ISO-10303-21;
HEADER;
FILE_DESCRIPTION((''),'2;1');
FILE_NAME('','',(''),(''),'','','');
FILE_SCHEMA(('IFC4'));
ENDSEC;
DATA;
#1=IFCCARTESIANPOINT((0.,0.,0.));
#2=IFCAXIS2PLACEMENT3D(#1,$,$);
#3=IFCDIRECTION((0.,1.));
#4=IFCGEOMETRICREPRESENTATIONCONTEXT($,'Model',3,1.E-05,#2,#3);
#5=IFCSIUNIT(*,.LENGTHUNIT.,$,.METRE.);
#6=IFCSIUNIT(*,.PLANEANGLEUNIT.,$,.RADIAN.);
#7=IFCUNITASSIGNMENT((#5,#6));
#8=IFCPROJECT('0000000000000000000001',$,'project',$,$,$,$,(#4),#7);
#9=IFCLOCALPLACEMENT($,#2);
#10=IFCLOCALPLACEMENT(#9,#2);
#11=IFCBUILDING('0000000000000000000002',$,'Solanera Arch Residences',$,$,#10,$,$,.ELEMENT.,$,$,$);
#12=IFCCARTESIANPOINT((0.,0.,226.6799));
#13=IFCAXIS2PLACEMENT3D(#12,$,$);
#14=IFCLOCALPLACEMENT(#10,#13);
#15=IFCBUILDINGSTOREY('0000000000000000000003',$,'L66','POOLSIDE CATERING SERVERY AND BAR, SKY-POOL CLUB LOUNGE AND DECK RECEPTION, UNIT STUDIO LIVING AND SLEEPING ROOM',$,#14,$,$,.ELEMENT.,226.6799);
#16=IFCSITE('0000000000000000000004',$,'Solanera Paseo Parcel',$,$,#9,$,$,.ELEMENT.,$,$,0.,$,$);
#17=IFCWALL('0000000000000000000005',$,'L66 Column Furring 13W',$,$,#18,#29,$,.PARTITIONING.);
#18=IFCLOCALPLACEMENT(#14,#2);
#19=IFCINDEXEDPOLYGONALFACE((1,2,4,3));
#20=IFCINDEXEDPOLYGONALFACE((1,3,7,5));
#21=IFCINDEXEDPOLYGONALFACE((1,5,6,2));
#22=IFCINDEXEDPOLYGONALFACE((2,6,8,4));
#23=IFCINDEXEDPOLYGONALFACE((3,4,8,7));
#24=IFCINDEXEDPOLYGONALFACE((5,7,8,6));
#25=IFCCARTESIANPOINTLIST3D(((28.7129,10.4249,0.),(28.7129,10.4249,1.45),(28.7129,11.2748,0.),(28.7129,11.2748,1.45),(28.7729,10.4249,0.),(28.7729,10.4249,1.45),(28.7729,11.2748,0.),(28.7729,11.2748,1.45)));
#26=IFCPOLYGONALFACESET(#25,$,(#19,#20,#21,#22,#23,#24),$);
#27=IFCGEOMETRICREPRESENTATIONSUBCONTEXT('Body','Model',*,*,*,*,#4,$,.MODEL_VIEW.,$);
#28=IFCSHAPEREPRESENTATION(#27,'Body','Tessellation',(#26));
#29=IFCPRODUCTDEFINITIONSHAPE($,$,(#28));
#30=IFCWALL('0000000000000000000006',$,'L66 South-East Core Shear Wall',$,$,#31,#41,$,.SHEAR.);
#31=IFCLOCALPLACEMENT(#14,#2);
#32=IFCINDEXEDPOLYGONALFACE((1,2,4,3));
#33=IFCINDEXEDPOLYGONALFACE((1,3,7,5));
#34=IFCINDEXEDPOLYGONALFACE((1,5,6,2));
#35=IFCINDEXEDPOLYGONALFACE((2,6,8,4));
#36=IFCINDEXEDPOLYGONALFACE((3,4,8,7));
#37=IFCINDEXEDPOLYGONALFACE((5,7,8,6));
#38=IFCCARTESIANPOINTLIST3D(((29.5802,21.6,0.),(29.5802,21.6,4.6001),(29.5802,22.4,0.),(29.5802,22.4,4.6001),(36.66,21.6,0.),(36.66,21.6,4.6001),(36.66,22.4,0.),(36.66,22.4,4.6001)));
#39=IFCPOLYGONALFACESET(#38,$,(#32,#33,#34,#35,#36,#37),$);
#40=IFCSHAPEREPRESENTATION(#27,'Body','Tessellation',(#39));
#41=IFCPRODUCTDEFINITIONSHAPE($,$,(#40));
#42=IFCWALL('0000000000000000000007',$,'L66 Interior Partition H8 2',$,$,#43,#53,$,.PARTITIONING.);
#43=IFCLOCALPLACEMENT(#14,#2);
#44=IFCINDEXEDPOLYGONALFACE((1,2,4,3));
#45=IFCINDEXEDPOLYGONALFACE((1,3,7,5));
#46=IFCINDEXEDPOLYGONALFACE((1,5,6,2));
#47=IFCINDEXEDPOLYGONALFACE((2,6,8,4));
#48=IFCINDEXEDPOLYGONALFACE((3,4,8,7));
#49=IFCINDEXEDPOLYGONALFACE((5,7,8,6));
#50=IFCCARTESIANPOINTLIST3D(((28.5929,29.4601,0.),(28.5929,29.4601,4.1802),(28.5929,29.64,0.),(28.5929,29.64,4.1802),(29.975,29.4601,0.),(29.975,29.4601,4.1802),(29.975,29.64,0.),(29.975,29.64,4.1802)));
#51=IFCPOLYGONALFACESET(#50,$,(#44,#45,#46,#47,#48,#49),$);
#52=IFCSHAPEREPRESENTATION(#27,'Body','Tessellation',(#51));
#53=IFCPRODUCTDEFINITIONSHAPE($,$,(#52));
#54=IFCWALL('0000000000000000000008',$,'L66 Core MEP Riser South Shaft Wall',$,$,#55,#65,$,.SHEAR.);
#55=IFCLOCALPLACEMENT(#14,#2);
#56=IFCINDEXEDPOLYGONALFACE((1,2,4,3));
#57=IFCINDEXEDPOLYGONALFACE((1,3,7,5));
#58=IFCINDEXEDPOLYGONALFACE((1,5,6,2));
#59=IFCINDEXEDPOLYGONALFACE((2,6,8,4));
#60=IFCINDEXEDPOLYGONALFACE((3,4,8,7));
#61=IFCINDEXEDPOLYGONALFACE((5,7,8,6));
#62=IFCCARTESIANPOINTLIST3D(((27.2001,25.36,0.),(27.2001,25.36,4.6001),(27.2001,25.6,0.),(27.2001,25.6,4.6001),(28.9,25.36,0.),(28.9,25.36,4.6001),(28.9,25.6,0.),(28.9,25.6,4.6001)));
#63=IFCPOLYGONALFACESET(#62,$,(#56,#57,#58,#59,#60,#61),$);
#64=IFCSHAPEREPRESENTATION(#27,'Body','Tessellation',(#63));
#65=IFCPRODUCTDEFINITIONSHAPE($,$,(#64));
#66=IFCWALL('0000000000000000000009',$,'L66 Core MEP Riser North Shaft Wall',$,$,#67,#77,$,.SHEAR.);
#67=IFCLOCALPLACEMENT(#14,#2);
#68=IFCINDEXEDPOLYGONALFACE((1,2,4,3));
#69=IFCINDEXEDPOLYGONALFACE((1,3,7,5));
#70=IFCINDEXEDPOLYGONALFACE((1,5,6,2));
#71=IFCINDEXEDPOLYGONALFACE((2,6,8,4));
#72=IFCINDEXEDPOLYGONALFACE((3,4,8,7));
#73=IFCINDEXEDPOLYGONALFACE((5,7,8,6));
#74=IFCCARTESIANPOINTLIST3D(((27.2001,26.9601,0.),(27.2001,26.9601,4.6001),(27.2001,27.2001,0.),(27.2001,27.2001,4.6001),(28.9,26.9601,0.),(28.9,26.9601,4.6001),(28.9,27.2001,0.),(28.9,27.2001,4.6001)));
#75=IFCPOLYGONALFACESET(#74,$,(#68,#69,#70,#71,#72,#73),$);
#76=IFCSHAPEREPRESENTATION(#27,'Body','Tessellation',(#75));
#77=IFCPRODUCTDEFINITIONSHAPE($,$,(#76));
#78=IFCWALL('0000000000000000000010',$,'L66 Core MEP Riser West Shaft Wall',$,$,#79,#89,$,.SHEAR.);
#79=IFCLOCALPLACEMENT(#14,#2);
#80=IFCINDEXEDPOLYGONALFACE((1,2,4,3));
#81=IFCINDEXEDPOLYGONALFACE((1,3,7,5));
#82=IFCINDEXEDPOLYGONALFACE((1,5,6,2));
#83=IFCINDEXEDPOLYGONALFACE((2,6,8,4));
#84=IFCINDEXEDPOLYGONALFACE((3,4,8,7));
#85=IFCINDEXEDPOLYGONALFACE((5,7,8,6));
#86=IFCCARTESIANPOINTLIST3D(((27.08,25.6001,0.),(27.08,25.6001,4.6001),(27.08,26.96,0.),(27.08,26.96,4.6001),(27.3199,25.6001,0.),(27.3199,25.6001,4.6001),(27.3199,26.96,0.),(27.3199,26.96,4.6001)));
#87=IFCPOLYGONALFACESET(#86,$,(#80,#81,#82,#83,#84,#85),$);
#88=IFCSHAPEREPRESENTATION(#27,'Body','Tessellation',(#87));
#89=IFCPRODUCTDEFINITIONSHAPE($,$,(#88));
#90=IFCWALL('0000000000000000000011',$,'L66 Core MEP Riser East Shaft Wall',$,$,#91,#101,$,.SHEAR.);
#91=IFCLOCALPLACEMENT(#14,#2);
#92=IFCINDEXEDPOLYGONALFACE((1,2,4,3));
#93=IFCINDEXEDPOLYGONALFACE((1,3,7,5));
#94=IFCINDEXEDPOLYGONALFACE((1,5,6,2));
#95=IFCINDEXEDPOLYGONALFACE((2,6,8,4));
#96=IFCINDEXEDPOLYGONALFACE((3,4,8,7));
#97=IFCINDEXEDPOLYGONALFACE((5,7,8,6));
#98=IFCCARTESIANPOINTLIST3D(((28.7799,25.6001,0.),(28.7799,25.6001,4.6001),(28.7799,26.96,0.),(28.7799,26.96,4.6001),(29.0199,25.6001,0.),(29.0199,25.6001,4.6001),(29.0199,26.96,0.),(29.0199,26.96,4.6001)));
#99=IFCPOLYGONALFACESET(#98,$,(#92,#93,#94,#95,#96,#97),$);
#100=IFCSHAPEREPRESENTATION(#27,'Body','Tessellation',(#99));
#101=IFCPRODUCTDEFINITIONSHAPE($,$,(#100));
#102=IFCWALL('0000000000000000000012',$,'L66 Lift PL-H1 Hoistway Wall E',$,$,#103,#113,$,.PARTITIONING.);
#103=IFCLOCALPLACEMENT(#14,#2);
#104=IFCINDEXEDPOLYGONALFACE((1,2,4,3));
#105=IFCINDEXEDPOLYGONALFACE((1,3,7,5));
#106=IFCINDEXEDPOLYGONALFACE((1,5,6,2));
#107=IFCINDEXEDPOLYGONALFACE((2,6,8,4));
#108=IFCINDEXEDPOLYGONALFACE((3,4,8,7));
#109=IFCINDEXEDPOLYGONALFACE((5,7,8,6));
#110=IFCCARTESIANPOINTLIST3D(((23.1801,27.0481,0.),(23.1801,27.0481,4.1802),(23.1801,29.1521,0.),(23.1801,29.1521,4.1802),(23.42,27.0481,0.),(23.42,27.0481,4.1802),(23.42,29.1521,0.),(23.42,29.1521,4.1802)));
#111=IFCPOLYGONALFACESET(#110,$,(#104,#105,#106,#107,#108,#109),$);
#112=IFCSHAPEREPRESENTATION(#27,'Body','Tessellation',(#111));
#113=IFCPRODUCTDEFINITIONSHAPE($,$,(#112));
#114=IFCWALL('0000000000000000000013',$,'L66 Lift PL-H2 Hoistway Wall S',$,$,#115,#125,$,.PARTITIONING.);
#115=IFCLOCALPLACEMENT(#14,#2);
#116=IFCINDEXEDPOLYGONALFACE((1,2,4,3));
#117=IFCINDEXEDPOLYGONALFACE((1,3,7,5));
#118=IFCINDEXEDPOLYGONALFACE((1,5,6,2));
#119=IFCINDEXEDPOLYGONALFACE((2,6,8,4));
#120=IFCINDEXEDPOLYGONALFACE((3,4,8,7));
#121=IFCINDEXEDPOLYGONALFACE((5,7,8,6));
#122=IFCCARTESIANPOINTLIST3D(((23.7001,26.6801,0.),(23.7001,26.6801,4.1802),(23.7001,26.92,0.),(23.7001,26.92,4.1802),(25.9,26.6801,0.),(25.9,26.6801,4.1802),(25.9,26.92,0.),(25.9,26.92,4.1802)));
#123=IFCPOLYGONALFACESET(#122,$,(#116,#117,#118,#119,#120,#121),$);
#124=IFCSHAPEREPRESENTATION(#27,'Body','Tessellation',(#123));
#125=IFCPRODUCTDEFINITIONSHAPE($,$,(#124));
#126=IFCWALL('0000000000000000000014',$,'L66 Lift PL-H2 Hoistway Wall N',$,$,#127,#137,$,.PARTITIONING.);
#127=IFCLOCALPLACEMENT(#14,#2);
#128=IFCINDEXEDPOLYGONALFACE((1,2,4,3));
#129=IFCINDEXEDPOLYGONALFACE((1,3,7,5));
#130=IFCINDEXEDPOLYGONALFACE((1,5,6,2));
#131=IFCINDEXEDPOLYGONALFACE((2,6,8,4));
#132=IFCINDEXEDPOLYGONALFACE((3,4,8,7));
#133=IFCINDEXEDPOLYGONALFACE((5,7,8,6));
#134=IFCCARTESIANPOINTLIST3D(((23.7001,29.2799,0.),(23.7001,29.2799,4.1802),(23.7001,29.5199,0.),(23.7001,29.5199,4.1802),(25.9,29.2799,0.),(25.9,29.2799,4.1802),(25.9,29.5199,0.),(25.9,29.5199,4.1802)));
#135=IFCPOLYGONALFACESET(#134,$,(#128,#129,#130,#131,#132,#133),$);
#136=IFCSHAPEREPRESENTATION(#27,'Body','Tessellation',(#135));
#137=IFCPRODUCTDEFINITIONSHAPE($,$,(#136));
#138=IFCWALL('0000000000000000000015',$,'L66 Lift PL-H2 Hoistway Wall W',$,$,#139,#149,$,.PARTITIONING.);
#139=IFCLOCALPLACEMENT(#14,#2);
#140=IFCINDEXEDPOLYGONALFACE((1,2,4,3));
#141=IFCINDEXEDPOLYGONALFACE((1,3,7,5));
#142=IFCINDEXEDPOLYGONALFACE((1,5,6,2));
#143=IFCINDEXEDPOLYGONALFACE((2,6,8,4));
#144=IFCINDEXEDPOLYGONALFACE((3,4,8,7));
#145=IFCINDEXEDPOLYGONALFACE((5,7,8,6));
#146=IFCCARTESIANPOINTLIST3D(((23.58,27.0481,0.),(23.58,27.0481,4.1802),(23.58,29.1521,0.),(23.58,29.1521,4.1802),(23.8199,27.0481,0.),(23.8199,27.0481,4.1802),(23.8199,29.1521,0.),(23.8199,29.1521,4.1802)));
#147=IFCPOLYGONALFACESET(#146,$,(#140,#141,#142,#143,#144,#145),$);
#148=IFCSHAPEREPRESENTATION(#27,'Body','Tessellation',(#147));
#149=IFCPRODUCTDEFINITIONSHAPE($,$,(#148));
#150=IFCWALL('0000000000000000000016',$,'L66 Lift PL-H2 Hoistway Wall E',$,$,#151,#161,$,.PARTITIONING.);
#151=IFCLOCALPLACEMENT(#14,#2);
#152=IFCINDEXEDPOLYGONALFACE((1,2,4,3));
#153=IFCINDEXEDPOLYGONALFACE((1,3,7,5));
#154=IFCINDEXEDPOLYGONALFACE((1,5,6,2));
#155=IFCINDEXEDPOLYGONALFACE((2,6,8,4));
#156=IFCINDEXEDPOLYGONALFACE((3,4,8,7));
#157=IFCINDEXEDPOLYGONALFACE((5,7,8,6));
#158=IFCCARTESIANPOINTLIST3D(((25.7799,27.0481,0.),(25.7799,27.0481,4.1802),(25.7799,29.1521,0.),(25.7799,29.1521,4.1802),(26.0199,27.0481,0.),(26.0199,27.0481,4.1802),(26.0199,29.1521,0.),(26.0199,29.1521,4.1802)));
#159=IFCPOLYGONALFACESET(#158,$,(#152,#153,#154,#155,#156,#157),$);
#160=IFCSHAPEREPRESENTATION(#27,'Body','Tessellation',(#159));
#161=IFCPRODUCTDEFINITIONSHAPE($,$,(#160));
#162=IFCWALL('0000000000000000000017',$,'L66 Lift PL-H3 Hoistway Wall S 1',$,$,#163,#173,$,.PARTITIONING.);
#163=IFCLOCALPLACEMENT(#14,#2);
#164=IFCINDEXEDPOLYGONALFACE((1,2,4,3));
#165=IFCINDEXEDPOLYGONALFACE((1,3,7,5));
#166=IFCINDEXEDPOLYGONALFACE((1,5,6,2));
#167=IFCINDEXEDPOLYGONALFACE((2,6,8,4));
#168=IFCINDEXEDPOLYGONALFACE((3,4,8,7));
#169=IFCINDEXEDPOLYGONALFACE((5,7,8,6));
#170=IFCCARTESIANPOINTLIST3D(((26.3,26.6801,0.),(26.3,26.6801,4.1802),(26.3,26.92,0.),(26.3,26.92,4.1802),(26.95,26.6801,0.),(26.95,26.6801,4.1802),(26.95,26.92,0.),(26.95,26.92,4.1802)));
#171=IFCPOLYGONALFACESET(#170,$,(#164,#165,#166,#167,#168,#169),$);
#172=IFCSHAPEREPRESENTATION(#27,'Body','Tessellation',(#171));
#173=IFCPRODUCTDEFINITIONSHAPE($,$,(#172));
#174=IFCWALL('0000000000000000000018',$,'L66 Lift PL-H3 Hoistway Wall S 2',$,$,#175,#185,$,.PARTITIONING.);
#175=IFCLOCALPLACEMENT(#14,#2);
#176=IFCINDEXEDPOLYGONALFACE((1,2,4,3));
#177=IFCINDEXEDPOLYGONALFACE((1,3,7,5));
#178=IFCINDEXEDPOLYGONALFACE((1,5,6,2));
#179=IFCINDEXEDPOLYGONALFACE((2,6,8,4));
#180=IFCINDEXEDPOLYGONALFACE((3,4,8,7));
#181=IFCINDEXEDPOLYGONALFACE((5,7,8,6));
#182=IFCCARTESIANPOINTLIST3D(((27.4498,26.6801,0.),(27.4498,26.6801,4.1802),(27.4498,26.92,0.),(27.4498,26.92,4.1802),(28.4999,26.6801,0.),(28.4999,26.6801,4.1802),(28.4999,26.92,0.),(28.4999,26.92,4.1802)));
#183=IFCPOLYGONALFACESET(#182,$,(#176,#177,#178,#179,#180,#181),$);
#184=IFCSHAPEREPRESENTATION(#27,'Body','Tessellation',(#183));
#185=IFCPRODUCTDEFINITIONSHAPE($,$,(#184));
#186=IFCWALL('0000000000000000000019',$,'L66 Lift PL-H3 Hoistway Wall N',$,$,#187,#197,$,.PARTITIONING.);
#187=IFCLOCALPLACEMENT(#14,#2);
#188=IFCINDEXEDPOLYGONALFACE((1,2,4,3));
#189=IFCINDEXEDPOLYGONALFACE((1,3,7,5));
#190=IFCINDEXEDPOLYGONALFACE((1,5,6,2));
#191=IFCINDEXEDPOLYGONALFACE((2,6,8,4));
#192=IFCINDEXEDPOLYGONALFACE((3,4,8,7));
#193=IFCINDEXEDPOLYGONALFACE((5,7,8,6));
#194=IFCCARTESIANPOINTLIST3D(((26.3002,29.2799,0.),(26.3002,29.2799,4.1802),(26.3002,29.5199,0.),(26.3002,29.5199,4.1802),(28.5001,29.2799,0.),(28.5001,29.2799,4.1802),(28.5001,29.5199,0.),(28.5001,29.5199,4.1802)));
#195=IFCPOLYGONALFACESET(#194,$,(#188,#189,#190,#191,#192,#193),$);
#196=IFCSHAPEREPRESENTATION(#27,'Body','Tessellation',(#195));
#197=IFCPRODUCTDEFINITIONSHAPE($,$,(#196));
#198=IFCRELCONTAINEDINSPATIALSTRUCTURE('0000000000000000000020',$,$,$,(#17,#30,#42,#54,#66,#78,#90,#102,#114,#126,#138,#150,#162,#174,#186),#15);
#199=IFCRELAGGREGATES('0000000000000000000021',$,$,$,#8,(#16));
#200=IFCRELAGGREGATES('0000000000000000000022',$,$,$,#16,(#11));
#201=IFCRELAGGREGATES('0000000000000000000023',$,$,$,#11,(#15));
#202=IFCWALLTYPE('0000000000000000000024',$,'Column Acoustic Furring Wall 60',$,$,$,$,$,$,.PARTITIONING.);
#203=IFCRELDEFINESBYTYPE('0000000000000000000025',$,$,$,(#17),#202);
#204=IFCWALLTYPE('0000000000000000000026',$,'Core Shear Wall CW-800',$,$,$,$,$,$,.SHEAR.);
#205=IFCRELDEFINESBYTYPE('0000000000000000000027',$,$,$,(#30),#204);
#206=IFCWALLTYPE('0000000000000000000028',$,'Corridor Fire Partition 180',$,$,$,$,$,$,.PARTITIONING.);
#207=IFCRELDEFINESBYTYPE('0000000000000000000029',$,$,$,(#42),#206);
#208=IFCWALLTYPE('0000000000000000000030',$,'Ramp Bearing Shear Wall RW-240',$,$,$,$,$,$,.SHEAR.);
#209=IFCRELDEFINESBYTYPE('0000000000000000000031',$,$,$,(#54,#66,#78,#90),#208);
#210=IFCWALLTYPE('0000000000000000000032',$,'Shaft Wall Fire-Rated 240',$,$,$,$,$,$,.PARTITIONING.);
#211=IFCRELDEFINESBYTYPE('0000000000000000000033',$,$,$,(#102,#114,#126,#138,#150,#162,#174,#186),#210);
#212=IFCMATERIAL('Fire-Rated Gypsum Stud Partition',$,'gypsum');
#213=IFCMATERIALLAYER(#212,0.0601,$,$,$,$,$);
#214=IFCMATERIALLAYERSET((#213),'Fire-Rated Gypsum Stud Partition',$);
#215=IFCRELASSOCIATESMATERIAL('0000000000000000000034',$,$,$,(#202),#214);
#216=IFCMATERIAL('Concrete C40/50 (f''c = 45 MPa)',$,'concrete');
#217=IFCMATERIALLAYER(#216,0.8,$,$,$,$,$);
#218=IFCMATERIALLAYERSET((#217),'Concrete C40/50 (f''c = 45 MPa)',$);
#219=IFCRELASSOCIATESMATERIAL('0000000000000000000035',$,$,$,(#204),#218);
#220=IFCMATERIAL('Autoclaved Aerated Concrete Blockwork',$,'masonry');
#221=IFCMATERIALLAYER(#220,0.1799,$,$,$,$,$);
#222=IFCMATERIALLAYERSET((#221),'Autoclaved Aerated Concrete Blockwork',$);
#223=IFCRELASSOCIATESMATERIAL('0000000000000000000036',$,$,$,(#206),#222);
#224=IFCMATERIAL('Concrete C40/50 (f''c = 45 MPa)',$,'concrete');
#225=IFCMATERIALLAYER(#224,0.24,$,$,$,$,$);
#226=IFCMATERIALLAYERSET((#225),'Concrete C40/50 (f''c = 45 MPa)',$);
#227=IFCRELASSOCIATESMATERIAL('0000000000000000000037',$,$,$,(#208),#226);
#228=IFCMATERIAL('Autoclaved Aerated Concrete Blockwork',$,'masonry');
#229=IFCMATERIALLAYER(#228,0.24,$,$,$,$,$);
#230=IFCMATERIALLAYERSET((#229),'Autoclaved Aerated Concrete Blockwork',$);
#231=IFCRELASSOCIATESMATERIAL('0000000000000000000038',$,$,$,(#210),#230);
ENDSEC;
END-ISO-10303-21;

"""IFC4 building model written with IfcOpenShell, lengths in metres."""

from ifc_helpers import new_model, si_unit, direction, frame, frame_2d, origin, place, context, subcontext, project, spatial, rectangle, extrude, material, layer, layer_set, type_object, element, save


model = new_model("IFC4")

# Units and contexts
model_context = context("Model", 3, precision=1e-05, world=origin(), true_north=direction((0.0, 1.0)))
body_context = subcontext(model_context, "Body", "Model", "MODEL_VIEW")
ifc_project = project(units=[si_unit("LENGTHUNIT", "METRE"), si_unit("PLANEANGLEUNIT", "RADIAN")], contexts=[model_context])

# Site, building, storey
site_placement = place(None, origin())
site = spatial("IfcSite", under=ifc_project, at=site_placement, Name="Solanera Paseo Parcel", CompositionType="ELEMENT", RefElevation=0.0)
building_placement = place(site_placement, origin())
building = spatial("IfcBuilding", under=site, at=building_placement, Name="Solanera Arch Residences", CompositionType="ELEMENT")
storey_placement = place(building_placement, frame((0.0, 0.0, 226.6799)))
storey = spatial("IfcBuildingStorey", under=building, at=storey_placement, Name="L66", Description="POOLSIDE CATERING SERVERY AND BAR, SKY-POOL CLUB LOUNGE AND DECK RECEPTION, UNIT STUDIO LIVING AND SLEEPING ROOM", CompositionType="ELEMENT", Elevation=226.6799)

# Walls
ifc_material_1 = material(Name="Fire-Rated Gypsum Stud Partition", Category="gypsum")
ifc_layer_1 = layer(ifc_material_1, 0.0601)
ifc_layer_set_1 = layer_set([ifc_layer_1], Name="Fire-Rated Gypsum Stud Partition")
wall_type_1 = type_object("IfcWallType", Name="Column Acoustic Furring Wall 60", PredefinedType="PARTITIONING", material=ifc_layer_set_1)
wall_1_placement = place(storey_placement, frame((28.7429, 10.425, 0.0), z_axis=(0.0, 0.0, 1.0), x_axis=(0.0, 1.0, 0.0)))
element("IfcWall", 1, at=wall_1_placement, inside=storey, type_object=wall_type_1, Name="L66 Column Furring 13W", PredefinedType="PARTITIONING", context=body_context, shape_type="SweptSolid", body=[
    extrude(rectangle(XDim=0.8499, YDim=0.0601, at=frame_2d((0.4248, 0.0))), origin(), (0.0, 0.0, 1.0), 1.45),
])
ifc_material_2 = material(Name="Concrete C40/50 (f'c = 45 MPa)", Category="concrete")
ifc_layer_2 = layer(ifc_material_2, 0.8)
ifc_layer_set_2 = layer_set([ifc_layer_2], Name="Concrete C40/50 (f'c = 45 MPa)")
wall_type_2 = type_object("IfcWallType", Name="Core Shear Wall CW-800", PredefinedType="SHEAR", material=ifc_layer_set_2)
wall_2_placement = place(storey_placement, frame((29.5801, 22.0, 0.0), z_axis=(0.0, 0.0, 1.0), x_axis=(1.0, 0.0, 0.0)))
element("IfcWall", 2, at=wall_2_placement, inside=storey, type_object=wall_type_2, Name="L66 South-East Core Shear Wall", PredefinedType="SHEAR", context=body_context, shape_type="SweptSolid", body=[
    extrude(rectangle(XDim=7.0798, YDim=0.8, at=frame_2d((3.54, 0.0))), origin(), (0.0, 0.0, 1.0), 4.6001),
])
ifc_material_3 = material(Name="Autoclaved Aerated Concrete Blockwork", Category="masonry")
ifc_layer_3 = layer(ifc_material_3, 0.1799)
ifc_layer_set_3 = layer_set([ifc_layer_3], Name="Autoclaved Aerated Concrete Blockwork")
wall_type_3 = type_object("IfcWallType", Name="Corridor Fire Partition 180", PredefinedType="PARTITIONING", material=ifc_layer_set_3)
wall_3_placement = place(storey_placement, frame((28.593, 29.55, 0.0), z_axis=(0.0, 0.0, 1.0), x_axis=(1.0, 0.0, 0.0)))
element("IfcWall", 3, at=wall_3_placement, inside=storey, type_object=wall_type_3, Name="L66 Interior Partition H8 2", PredefinedType="PARTITIONING", context=body_context, shape_type="SweptSolid", body=[
    extrude(rectangle(XDim=1.3821, YDim=0.1799, at=frame_2d((0.6909, 0.0))), origin(), (0.0, 0.0, 1.0), 4.1802),
])
ifc_material_4 = material(Name="Concrete C40/50 (f'c = 45 MPa)", Category="concrete")
ifc_layer_4 = layer(ifc_material_4, 0.24)
ifc_layer_set_4 = layer_set([ifc_layer_4], Name="Concrete C40/50 (f'c = 45 MPa)")
wall_type_4 = type_object("IfcWallType", Name="Ramp Bearing Shear Wall RW-240", PredefinedType="SHEAR", material=ifc_layer_set_4)
for number, where, z_axis, x_axis, name in (
    (4, (27.2, 25.48, 0.0), (0.0, 0.0, 1.0), (1.0, 0.0, 0.0), "L66 Core MEP Riser South Shaft Wall"),
    (5, (27.2, 27.0801, 0.0), (0.0, 0.0, 1.0), (1.0, 0.0, 0.0), "L66 Core MEP Riser North Shaft Wall"),
):
    element("IfcWall", number, at=place(storey_placement, frame(where, z_axis=z_axis, x_axis=x_axis)), inside=storey, type_object=wall_type_4, Name=name, PredefinedType="SHEAR", context=body_context, shape_type="SweptSolid", body=[
        extrude(rectangle(XDim=1.7, YDim=0.24, at=frame_2d((0.8501, 0.0))), origin(), (0.0, 0.0, 1.0), 4.6001),
    ])
for number, where, z_axis, x_axis, name in (
    (6, (27.2, 25.6001, 0.0), (0.0, 0.0, 1.0), (0.0, 1.0, 0.0), "L66 Core MEP Riser West Shaft Wall"),
    (7, (28.8999, 25.6001, 0.0), (0.0, 0.0, 1.0), (0.0, 1.0, 0.0), "L66 Core MEP Riser East Shaft Wall"),
):
    element("IfcWall", number, at=place(storey_placement, frame(where, z_axis=z_axis, x_axis=x_axis)), inside=storey, type_object=wall_type_4, Name=name, PredefinedType="SHEAR", context=body_context, shape_type="SweptSolid", body=[
        extrude(rectangle(XDim=1.3599, YDim=0.24, at=frame_2d((0.6799, 0.0))), origin(), (0.0, 0.0, 1.0), 4.6001),
    ])
ifc_material_5 = material(Name="Autoclaved Aerated Concrete Blockwork", Category="masonry")
ifc_layer_5 = layer(ifc_material_5, 0.24)
ifc_layer_set_5 = layer_set([ifc_layer_5], Name="Autoclaved Aerated Concrete Blockwork")
wall_type_5 = type_object("IfcWallType", Name="Shaft Wall Fire-Rated 240", PredefinedType="PARTITIONING", material=ifc_layer_set_5)
wall_4_placement = place(storey_placement, frame((23.3, 27.0481, 0.0), z_axis=(0.0, 0.0, 1.0), x_axis=(0.0, 1.0, 0.0)))
element("IfcWall", 8, at=wall_4_placement, inside=storey, type_object=wall_type_5, Name="L66 Lift PL-H1 Hoistway Wall E", PredefinedType="PARTITIONING", context=body_context, shape_type="SweptSolid", body=[
    extrude(rectangle(XDim=2.104, YDim=0.24, at=frame_2d((1.052, 0.0))), origin(), (0.0, 0.0, 1.0), 4.1802),
])
for number, where, z_axis, x_axis, name in (
    (9, (23.7, 26.8, 0.0), (0.0, 0.0, 1.0), (1.0, 0.0, 0.0), "L66 Lift PL-H2 Hoistway Wall S"),
    (10, (23.7, 29.3999, 0.0), (0.0, 0.0, 1.0), (1.0, 0.0, 0.0), "L66 Lift PL-H2 Hoistway Wall N"),
):
    element("IfcWall", number, at=place(storey_placement, frame(where, z_axis=z_axis, x_axis=x_axis)), inside=storey, type_object=wall_type_5, Name=name, PredefinedType="PARTITIONING", context=body_context, shape_type="SweptSolid", body=[
        extrude(rectangle(XDim=2.2, YDim=0.24, at=frame_2d((1.1001, 0.0))), origin(), (0.0, 0.0, 1.0), 4.1802),
    ])
for number, where, z_axis, x_axis, name in (
    (11, (23.7, 27.0481, 0.0), (0.0, 0.0, 1.0), (0.0, 1.0, 0.0), "L66 Lift PL-H2 Hoistway Wall W"),
    (12, (25.8999, 27.0481, 0.0), (0.0, 0.0, 1.0), (0.0, 1.0, 0.0), "L66 Lift PL-H2 Hoistway Wall E"),
):
    element("IfcWall", number, at=place(storey_placement, frame(where, z_axis=z_axis, x_axis=x_axis)), inside=storey, type_object=wall_type_5, Name=name, PredefinedType="PARTITIONING", context=body_context, shape_type="SweptSolid", body=[
        extrude(rectangle(XDim=2.104, YDim=0.24, at=frame_2d((1.052, 0.0))), origin(), (0.0, 0.0, 1.0), 4.1802),
    ])
wall_5_placement = place(storey_placement, frame((26.3, 26.8, 0.0), z_axis=(0.0, 0.0, 1.0), x_axis=(1.0, 0.0, 0.0)))
element("IfcWall", 13, at=wall_5_placement, inside=storey, type_object=wall_type_5, Name="L66 Lift PL-H3 Hoistway Wall S 1", PredefinedType="PARTITIONING", context=body_context, shape_type="SweptSolid", body=[
    extrude(rectangle(XDim=0.6499, YDim=0.24, at=frame_2d((0.325, 0.0))), origin(), (0.0, 0.0, 1.0), 4.1802),
])
wall_6_placement = place(storey_placement, frame((27.45, 26.8, 0.0), z_axis=(0.0, 0.0, 1.0), x_axis=(1.0, 0.0, 0.0)))
element("IfcWall", 14, at=wall_6_placement, inside=storey, type_object=wall_type_5, Name="L66 Lift PL-H3 Hoistway Wall S 2", PredefinedType="PARTITIONING", context=body_context, shape_type="SweptSolid", body=[
    extrude(rectangle(XDim=1.05, YDim=0.24, at=frame_2d((0.5249, 0.0))), origin(), (0.0, 0.0, 1.0), 4.1802),
])
wall_7_placement = place(storey_placement, frame((26.3, 29.3999, 0.0), z_axis=(0.0, 0.0, 1.0), x_axis=(1.0, 0.0, 0.0)))
element("IfcWall", 15, at=wall_7_placement, inside=storey, type_object=wall_type_5, Name="L66 Lift PL-H3 Hoistway Wall N", PredefinedType="PARTITIONING", context=body_context, shape_type="SweptSolid", body=[
    extrude(rectangle(XDim=2.2, YDim=0.24, at=frame_2d((1.1001, 0.0))), origin(), (0.0, 0.0, 1.0), 4.1802),
])

save(model, "model.ifc")
